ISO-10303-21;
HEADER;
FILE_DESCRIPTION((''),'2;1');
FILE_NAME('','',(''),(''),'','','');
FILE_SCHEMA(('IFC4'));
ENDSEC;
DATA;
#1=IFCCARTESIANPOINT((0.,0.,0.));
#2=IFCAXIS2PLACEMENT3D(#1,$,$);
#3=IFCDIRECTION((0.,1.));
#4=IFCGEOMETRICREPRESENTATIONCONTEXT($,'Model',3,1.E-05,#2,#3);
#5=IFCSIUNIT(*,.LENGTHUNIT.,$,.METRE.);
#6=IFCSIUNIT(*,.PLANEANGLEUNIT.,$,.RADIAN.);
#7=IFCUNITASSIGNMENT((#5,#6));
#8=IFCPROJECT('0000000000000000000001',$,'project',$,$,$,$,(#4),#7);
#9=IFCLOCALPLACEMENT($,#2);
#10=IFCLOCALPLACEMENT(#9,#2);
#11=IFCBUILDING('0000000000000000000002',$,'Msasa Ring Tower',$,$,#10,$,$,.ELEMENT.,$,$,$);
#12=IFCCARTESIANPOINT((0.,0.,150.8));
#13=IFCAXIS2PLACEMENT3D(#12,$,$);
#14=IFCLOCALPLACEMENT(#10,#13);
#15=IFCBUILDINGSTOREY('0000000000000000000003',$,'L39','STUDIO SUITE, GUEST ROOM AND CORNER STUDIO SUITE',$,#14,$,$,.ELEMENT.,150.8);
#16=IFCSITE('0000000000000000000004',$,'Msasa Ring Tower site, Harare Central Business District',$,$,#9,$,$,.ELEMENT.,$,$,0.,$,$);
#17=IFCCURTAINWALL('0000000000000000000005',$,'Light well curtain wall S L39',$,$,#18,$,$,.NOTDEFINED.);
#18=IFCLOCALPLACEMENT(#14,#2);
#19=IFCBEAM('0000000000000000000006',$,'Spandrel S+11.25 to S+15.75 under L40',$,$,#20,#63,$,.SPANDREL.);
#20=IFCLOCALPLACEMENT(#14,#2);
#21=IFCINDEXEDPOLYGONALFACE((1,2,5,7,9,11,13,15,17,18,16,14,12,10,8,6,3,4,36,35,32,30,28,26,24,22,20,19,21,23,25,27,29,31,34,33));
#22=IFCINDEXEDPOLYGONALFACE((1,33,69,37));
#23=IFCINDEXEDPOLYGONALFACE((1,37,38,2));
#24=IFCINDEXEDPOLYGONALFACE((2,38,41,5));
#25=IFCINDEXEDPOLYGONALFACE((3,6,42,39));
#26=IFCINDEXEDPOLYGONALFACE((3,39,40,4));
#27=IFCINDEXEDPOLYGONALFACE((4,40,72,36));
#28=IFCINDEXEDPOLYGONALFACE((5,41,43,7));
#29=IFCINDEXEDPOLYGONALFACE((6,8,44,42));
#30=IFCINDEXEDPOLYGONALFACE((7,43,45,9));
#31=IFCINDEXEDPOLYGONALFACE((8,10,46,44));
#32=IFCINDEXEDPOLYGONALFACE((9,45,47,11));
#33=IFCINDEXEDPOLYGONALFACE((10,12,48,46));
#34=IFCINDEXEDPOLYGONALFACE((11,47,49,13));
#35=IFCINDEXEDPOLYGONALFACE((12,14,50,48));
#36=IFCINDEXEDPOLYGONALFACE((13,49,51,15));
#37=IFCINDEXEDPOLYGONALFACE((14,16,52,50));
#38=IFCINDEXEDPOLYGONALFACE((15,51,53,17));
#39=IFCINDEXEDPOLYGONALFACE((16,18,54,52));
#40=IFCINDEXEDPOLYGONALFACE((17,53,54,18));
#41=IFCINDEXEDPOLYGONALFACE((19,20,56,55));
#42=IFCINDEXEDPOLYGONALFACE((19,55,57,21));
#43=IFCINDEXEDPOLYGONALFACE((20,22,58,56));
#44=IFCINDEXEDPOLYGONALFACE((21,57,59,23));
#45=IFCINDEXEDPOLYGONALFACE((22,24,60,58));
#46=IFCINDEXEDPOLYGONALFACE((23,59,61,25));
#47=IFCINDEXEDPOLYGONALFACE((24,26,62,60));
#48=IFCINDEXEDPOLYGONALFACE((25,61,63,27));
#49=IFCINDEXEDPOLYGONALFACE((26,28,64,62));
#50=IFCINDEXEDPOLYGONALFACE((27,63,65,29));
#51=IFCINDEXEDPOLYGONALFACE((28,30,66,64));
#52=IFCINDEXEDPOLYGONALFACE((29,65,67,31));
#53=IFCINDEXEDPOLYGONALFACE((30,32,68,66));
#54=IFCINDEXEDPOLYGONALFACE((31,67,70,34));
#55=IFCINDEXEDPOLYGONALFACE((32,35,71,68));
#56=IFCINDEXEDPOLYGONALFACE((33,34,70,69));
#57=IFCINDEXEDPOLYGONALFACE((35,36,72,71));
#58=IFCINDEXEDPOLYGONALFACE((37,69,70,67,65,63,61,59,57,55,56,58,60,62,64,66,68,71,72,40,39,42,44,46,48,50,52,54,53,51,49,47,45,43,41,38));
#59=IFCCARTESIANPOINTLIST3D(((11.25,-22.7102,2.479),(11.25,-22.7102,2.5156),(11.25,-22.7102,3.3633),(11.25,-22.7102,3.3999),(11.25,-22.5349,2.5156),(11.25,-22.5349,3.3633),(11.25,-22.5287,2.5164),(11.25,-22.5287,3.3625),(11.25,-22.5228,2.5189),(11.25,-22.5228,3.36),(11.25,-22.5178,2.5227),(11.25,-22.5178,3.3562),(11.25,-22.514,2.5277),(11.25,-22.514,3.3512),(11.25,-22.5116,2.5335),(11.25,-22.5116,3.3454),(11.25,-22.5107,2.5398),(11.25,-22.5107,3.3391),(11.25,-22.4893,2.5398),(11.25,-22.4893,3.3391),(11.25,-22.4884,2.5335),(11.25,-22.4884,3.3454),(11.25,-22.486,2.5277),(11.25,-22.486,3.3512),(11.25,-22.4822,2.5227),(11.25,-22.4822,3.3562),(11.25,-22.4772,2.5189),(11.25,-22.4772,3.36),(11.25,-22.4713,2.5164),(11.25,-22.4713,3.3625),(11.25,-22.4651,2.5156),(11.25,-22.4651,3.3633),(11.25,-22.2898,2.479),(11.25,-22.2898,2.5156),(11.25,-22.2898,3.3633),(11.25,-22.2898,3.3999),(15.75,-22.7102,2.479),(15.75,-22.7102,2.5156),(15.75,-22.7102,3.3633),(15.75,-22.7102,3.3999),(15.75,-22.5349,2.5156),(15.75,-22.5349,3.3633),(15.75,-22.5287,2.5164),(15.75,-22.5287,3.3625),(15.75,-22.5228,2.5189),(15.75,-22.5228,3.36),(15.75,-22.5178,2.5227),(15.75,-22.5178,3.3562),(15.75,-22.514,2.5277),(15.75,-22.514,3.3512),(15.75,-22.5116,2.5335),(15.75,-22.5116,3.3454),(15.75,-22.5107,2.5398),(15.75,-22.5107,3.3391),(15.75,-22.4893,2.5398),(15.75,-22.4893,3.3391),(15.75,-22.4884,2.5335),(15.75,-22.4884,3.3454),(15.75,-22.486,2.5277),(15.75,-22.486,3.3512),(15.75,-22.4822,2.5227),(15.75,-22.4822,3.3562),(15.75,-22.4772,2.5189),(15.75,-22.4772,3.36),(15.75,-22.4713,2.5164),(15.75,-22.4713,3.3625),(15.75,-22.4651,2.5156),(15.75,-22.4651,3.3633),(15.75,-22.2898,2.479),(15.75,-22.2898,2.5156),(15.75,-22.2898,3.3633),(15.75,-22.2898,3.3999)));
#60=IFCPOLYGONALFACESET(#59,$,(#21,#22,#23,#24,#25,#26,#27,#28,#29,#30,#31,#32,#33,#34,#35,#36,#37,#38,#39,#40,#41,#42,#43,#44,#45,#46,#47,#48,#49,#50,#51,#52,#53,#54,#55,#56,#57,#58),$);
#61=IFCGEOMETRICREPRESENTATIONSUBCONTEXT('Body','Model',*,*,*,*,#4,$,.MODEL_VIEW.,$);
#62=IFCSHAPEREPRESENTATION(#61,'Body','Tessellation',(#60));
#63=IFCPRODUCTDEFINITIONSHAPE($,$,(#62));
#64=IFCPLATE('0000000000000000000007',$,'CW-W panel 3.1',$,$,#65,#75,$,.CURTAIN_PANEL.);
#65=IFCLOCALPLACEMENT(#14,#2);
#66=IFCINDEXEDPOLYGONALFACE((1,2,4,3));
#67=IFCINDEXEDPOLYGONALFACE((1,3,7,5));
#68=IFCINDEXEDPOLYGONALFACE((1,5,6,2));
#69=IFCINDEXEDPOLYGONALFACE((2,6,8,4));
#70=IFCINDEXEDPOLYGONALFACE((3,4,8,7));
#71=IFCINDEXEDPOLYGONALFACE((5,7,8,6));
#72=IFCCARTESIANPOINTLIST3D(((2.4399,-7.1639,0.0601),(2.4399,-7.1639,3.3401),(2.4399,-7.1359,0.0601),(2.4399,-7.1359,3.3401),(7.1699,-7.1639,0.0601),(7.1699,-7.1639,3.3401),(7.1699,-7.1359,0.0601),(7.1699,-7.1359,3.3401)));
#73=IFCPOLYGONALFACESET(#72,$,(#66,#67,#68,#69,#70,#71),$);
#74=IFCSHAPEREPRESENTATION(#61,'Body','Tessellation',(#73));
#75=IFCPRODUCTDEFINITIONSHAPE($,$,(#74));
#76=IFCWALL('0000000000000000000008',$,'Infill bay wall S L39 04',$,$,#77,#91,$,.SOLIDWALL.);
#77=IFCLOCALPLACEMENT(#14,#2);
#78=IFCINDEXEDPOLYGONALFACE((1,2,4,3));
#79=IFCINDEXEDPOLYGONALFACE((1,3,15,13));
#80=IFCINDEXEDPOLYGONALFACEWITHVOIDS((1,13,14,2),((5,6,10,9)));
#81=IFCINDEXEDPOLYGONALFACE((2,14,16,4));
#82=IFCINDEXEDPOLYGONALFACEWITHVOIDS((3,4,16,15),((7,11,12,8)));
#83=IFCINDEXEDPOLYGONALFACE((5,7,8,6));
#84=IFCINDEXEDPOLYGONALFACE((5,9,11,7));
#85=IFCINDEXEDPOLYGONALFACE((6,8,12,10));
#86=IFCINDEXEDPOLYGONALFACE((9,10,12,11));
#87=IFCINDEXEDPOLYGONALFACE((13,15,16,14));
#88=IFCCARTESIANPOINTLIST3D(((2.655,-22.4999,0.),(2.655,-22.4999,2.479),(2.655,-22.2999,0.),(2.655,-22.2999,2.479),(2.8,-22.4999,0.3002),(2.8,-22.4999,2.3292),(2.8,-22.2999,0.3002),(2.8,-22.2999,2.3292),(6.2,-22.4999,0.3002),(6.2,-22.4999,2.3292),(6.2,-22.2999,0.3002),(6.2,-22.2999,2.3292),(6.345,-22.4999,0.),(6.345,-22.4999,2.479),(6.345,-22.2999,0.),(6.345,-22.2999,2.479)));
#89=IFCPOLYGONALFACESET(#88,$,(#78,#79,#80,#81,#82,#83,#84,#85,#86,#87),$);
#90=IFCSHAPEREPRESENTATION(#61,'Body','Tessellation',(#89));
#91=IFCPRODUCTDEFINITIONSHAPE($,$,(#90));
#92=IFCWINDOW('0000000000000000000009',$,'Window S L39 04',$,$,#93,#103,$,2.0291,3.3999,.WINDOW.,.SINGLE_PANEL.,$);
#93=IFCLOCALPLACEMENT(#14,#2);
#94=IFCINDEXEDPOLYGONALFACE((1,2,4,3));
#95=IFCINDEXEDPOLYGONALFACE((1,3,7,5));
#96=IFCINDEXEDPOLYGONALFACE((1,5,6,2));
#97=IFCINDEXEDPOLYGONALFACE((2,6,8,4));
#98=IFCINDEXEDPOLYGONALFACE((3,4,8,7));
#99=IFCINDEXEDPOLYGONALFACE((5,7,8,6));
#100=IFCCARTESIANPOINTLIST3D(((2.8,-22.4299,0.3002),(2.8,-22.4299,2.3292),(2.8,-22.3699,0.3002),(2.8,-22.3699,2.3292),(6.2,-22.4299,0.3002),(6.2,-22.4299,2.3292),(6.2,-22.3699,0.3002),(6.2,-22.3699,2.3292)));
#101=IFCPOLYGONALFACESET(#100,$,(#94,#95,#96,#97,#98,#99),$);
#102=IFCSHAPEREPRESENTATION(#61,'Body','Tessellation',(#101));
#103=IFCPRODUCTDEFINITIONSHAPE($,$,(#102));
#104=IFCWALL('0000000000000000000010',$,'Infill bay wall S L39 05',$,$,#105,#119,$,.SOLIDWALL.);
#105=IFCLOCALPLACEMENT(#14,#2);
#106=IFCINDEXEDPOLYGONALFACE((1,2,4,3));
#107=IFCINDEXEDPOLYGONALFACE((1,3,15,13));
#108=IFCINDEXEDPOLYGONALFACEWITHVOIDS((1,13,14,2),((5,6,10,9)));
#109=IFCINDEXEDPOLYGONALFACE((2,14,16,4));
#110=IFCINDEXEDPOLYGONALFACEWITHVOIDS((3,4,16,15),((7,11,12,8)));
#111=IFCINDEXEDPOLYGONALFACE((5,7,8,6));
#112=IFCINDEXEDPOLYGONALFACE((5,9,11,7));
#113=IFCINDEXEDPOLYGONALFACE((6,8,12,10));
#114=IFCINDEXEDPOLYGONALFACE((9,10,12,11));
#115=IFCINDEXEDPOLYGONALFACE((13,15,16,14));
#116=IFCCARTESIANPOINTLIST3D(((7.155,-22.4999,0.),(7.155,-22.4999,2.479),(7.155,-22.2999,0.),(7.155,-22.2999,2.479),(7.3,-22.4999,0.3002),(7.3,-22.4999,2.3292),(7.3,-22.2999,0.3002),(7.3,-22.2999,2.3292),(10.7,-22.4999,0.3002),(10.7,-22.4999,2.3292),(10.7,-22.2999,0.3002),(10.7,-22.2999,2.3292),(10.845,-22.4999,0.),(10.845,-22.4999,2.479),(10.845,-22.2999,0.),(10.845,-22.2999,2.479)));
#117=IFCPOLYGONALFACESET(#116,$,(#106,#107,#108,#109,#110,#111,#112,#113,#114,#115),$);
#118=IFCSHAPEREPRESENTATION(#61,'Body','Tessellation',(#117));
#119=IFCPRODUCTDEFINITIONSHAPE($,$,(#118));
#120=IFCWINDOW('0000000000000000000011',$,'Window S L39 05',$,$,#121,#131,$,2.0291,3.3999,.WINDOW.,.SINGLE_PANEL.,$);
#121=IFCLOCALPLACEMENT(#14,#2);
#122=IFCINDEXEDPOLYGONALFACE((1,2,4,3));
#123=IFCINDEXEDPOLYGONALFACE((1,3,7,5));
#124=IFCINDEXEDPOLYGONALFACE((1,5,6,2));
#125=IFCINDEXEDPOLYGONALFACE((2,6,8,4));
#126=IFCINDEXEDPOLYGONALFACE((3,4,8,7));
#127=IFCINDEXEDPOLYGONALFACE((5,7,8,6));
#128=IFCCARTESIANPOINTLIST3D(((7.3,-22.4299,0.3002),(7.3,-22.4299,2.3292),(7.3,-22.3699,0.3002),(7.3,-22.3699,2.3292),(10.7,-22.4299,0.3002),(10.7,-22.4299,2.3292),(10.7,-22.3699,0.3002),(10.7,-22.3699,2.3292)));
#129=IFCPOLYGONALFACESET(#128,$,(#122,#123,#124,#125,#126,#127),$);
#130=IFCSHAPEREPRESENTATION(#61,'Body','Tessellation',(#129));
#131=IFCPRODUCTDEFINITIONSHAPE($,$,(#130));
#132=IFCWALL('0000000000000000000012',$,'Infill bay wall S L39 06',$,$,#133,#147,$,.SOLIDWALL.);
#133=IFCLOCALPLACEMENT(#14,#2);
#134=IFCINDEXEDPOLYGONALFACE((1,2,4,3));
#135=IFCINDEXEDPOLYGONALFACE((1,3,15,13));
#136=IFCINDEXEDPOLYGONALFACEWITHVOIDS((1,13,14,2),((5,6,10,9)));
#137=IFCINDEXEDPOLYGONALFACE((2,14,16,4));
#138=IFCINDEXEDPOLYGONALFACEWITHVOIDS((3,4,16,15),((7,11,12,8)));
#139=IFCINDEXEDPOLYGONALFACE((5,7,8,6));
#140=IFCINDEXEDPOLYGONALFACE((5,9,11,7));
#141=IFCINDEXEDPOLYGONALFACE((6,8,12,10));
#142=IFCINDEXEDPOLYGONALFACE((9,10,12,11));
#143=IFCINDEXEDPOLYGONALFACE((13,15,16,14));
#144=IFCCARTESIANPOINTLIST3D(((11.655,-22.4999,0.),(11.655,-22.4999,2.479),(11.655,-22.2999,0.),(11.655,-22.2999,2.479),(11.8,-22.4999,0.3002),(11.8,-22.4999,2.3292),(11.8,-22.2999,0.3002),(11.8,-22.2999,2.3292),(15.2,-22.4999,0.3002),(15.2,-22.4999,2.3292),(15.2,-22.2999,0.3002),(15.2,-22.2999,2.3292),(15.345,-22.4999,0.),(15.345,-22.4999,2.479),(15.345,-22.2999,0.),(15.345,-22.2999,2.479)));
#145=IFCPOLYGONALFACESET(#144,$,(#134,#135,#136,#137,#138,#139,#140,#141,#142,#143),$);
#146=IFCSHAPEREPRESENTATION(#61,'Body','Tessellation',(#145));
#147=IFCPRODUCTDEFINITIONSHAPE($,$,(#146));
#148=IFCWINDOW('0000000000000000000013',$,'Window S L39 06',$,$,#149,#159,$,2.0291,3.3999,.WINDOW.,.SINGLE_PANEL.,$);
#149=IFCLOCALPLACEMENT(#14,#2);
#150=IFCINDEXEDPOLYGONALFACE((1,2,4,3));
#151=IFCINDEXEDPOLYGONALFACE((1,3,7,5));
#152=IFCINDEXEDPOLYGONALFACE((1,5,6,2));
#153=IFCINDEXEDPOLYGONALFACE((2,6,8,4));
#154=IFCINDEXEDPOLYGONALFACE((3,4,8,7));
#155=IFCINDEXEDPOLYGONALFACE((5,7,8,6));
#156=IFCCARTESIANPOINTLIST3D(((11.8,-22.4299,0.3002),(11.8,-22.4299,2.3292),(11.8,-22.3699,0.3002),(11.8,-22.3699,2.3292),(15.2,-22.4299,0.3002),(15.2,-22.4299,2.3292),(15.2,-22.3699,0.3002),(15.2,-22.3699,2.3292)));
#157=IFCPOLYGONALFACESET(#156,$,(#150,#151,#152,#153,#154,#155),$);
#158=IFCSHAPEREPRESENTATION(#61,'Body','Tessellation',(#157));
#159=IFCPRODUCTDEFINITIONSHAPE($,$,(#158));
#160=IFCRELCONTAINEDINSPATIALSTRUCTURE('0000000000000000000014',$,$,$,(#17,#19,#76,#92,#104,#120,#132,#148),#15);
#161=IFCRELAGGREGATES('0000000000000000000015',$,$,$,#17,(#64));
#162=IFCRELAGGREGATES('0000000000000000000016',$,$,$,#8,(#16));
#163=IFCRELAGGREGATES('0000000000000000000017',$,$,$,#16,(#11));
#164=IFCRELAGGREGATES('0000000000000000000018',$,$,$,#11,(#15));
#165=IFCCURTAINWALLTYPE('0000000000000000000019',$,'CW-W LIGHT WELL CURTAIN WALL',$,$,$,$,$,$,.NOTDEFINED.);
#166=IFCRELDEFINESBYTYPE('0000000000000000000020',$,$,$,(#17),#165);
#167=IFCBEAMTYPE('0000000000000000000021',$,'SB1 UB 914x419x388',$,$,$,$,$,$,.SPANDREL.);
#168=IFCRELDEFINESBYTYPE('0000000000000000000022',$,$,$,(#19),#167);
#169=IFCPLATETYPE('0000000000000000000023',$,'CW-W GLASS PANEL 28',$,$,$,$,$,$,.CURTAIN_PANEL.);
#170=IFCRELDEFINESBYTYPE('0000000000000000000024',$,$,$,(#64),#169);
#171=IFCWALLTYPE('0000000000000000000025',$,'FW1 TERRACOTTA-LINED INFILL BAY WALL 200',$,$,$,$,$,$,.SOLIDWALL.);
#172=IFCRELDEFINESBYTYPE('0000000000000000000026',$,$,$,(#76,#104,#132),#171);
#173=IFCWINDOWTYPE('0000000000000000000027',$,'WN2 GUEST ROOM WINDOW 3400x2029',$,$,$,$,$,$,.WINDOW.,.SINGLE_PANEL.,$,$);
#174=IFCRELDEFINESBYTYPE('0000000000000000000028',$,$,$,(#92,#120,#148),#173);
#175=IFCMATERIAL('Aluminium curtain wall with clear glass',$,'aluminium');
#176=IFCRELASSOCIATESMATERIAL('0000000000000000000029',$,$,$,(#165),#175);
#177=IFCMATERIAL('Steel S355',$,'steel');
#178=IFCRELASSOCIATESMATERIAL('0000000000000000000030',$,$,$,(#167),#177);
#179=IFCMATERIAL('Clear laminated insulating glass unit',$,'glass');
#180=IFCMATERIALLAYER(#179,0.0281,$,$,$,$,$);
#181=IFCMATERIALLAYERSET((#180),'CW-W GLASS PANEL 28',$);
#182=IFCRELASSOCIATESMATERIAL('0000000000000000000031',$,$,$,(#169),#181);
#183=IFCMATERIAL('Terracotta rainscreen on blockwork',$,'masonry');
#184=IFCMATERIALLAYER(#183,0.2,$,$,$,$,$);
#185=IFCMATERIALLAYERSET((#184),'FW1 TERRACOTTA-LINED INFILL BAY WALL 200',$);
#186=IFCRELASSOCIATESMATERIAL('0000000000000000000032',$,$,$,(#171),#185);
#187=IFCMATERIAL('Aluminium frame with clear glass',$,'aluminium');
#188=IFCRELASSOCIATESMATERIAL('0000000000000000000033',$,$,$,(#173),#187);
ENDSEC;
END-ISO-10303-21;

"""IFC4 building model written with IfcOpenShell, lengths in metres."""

from ifc_helpers import new_model, si_unit, direction, frame, frame_2d, origin, origin_2d, place, context, subcontext, project, spatial, rectangle, i_section, extrude, material, layer, layer_set, material_profile, profile_set, type_object, element, fill, aggregate, save


model = new_model("IFC4")

# Units and contexts
model_context = context("Model", 3, precision=1e-05, world=origin(), true_north=direction((0.0, 1.0)))
body_context = subcontext(model_context, "Body", "Model", "MODEL_VIEW")
ifc_project = project(units=[si_unit("LENGTHUNIT", "METRE"), si_unit("PLANEANGLEUNIT", "RADIAN")], contexts=[model_context])

# Site, building, storey
site_placement = place(None, origin())
site = spatial("IfcSite", under=ifc_project, at=site_placement, Name="Msasa Ring Tower site, Harare Central Business District", CompositionType="ELEMENT", RefElevation=0.0)
building_placement = place(site_placement, origin())
building = spatial("IfcBuilding", under=site, at=building_placement, Name="Msasa Ring Tower", CompositionType="ELEMENT")
storey_placement = place(building_placement, frame((0.0, 0.0, 150.8)))
storey = spatial("IfcBuildingStorey", under=building, at=storey_placement, Name="L39", Description="STUDIO SUITE, GUEST ROOM AND CORNER STUDIO SUITE", CompositionType="ELEMENT", Elevation=150.8)

# Curtain wall
ifc_material_1 = material(Name="Aluminium curtain wall with clear glass", Category="aluminium")
curtain_wall_type = type_object("IfcCurtainWallType", Name="CW-W LIGHT WELL CURTAIN WALL", PredefinedType="NOTDEFINED", material=ifc_material_1)
curtain_wall_1_placement = place(storey_placement, origin())
curtain_wall_1 = element("IfcCurtainWall", 1, at=curtain_wall_1_placement, inside=storey, type_object=curtain_wall_type, Name="Light well curtain wall S L39", PredefinedType="NOTDEFINED")

# Beam
ifc_material_2 = material(Name="Steel S355", Category="steel")
ifc_material_profile_1 = material_profile(ifc_material_2, i_section(OverallWidth=0.4204, OverallDepth=0.9209, WebThickness=0.0215, FlangeThickness=0.0366, FilletRadius=0.0242, at=origin_2d()), Name="UB 914x419x388")
ifc_profile_set_1 = profile_set([ifc_material_profile_1], Name="Steel S355")
beam_type_1 = type_object("IfcBeamType", Name="SB1 UB 914x419x388", PredefinedType="SPANDREL", material=ifc_profile_set_1)
for number, where, z_axis, x_axis, name in (
    (2, (11.25, -22.5, 2.9395), (1.0, 0.0, 0.0), (0.0, 1.0, 0.0), "Spandrel S+11.25 to S+15.75 under L40"),
):
    element("IfcBeam", number, at=place(storey_placement, frame(where, z_axis=z_axis, x_axis=x_axis)), inside=storey, type_object=beam_type_1, Name=name, PredefinedType="SPANDREL", context=body_context, shape_type="SweptSolid", body=[
        extrude(i_section(OverallWidth=0.4204, OverallDepth=0.9209, WebThickness=0.0215, FlangeThickness=0.0366, FilletRadius=0.0242, at=origin_2d()), origin(), (0.0, 0.0, 1.0), 4.5),
    ])

# Plate
ifc_material_3 = material(Name="Clear laminated insulating glass unit", Category="glass")
ifc_layer_1 = layer(ifc_material_3, 0.0281)
ifc_layer_set_1 = layer_set([ifc_layer_1], Name="CW-W GLASS PANEL 28")
plate_type = type_object("IfcPlateType", Name="CW-W GLASS PANEL 28", PredefinedType="CURTAIN_PANEL", material=ifc_layer_set_1)
plate_placement = place(storey_placement, frame((4.8049, -7.1499, 0.0601), z_axis=(0.0, 0.0, 1.0), x_axis=(1.0, 0.0, 0.0)))
plate = element("IfcPlate", 3, at=plate_placement, type_object=plate_type, Name="CW-W panel 3.1", PredefinedType="CURTAIN_PANEL", context=body_context, shape_type="SweptSolid", body=[
    extrude(rectangle(XDim=4.73, YDim=0.0281, at=origin_2d()), origin(), (0.0, 0.0, 1.0), 3.28),
])
aggregate(curtain_wall_1, [plate])

# Walls, openings, windows
ifc_material_4 = material(Name="Terracotta rainscreen on blockwork", Category="masonry")
ifc_layer_2 = layer(ifc_material_4, 0.2)
ifc_layer_set_2 = layer_set([ifc_layer_2], Name="FW1 TERRACOTTA-LINED INFILL BAY WALL 200")
wall_type_1 = type_object("IfcWallType", Name="FW1 TERRACOTTA-LINED INFILL BAY WALL 200", PredefinedType="SOLIDWALL", material=ifc_layer_set_2)
wall_1_placement = place(storey_placement, frame((2.655, -22.3999, 0.0), z_axis=(0.0, 0.0, 1.0), x_axis=(1.0, 0.0, 0.0)))
wall_1 = element("IfcWall", 4, at=wall_1_placement, inside=storey, type_object=wall_type_1, Name="Infill bay wall S L39 04", PredefinedType="SOLIDWALL", context=body_context, shape_type="SweptSolid", body=[
    extrude(rectangle(XDim=3.6899, YDim=0.2, at=frame_2d((1.845, 0.0))), origin(), (0.0, 0.0, 1.0), 2.479),
])
opening_1_placement = place(wall_1_placement, frame((0.145, 0.0, 0.3)))
opening_1 = element("IfcOpeningElement", 5, at=opening_1_placement, cuts=wall_1, PredefinedType="OPENING", context=body_context, shape_type="SweptSolid", body=[
    extrude(rectangle(XDim=3.3999, YDim=2.0291, at=frame_2d((1.7, 1.0146))), frame((0.0, 0.1099, 0.0), z_axis=(0.0, -1.0, 0.0), x_axis=(1.0, 0.0, 0.0)), (0.0, 0.0, 1.0), 0.22),
])
ifc_material_5 = material(Name="Aluminium frame with clear glass", Category="aluminium")
window_type = type_object("IfcWindowType", Name="WN2 GUEST ROOM WINDOW 3400x2029", PartitioningType="SINGLE_PANEL", PredefinedType="WINDOW", material=ifc_material_5)
window_1_placement = place(opening_1_placement, origin())
window_1 = element("IfcWindow", 6, at=window_1_placement, inside=storey, type_object=window_type, Name="Window S L39 04", OverallHeight=2.0291, OverallWidth=3.3999, PartitioningType="SINGLE_PANEL", PredefinedType="WINDOW", context=body_context, shape_type="SweptSolid", body=[
    extrude(rectangle(XDim=3.3999, YDim=2.0291, at=frame_2d((1.7, 1.0146))), frame((0.0, 0.03, 0.0), z_axis=(0.0, -1.0, 0.0), x_axis=(1.0, 0.0, 0.0)), (0.0, 0.0, 1.0), 0.0601),
])
fill(opening_1, window_1)
wall_2_placement = place(storey_placement, frame((7.155, -22.3999, 0.0), z_axis=(0.0, 0.0, 1.0), x_axis=(1.0, 0.0, 0.0)))
wall_2 = element("IfcWall", 7, at=wall_2_placement, inside=storey, type_object=wall_type_1, Name="Infill bay wall S L39 05", PredefinedType="SOLIDWALL", context=body_context, shape_type="SweptSolid", body=[
    extrude(rectangle(XDim=3.6899, YDim=0.2, at=frame_2d((1.845, 0.0))), origin(), (0.0, 0.0, 1.0), 2.479),
])
opening_2_placement = place(wall_2_placement, frame((0.145, 0.0, 0.3)))
opening_2 = element("IfcOpeningElement", 8, at=opening_2_placement, cuts=wall_2, PredefinedType="OPENING", context=body_context, shape_type="SweptSolid", body=[
    extrude(rectangle(XDim=3.3999, YDim=2.0291, at=frame_2d((1.7, 1.0146))), frame((0.0, 0.1099, 0.0), z_axis=(0.0, -1.0, 0.0), x_axis=(1.0, 0.0, 0.0)), (0.0, 0.0, 1.0), 0.22),
])
window_2_placement = place(opening_2_placement, origin())
window_2 = element("IfcWindow", 9, at=window_2_placement, inside=storey, type_object=window_type, Name="Window S L39 05", OverallHeight=2.0291, OverallWidth=3.3999, PartitioningType="SINGLE_PANEL", PredefinedType="WINDOW", context=body_context, shape_type="SweptSolid", body=[
    extrude(rectangle(XDim=3.3999, YDim=2.0291, at=frame_2d((1.7, 1.0146))), frame((0.0, 0.03, 0.0), z_axis=(0.0, -1.0, 0.0), x_axis=(1.0, 0.0, 0.0)), (0.0, 0.0, 1.0), 0.0601),
])
fill(opening_2, window_2)
wall_3_placement = place(storey_placement, frame((11.655, -22.3999, 0.0), z_axis=(0.0, 0.0, 1.0), x_axis=(1.0, 0.0, 0.0)))
wall_3 = element("IfcWall", 10, at=wall_3_placement, inside=storey, type_object=wall_type_1, Name="Infill bay wall S L39 06", PredefinedType="SOLIDWALL", context=body_context, shape_type="SweptSolid", body=[
    extrude(rectangle(XDim=3.6899, YDim=0.2, at=frame_2d((1.845, 0.0))), origin(), (0.0, 0.0, 1.0), 2.479),
])
opening_3_placement = place(wall_3_placement, frame((0.145, 0.0, 0.3)))
opening_3 = element("IfcOpeningElement", 11, at=opening_3_placement, cuts=wall_3, PredefinedType="OPENING", context=body_context, shape_type="SweptSolid", body=[
    extrude(rectangle(XDim=3.3999, YDim=2.0291, at=frame_2d((1.7, 1.0146))), frame((0.0, 0.1099, 0.0), z_axis=(0.0, -1.0, 0.0), x_axis=(1.0, 0.0, 0.0)), (0.0, 0.0, 1.0), 0.22),
])
window_3_placement = place(opening_3_placement, origin())
window_3 = element("IfcWindow", 12, at=window_3_placement, inside=storey, type_object=window_type, Name="Window S L39 06", OverallHeight=2.0291, OverallWidth=3.3999, PartitioningType="SINGLE_PANEL", PredefinedType="WINDOW", context=body_context, shape_type="SweptSolid", body=[
    extrude(rectangle(XDim=3.3999, YDim=2.0291, at=frame_2d((1.7, 1.0146))), frame((0.0, 0.03, 0.0), z_axis=(0.0, -1.0, 0.0), x_axis=(1.0, 0.0, 0.0)), (0.0, 0.0, 1.0), 0.0601),
])
fill(opening_3, window_3)

save(model, "model.ifc")
